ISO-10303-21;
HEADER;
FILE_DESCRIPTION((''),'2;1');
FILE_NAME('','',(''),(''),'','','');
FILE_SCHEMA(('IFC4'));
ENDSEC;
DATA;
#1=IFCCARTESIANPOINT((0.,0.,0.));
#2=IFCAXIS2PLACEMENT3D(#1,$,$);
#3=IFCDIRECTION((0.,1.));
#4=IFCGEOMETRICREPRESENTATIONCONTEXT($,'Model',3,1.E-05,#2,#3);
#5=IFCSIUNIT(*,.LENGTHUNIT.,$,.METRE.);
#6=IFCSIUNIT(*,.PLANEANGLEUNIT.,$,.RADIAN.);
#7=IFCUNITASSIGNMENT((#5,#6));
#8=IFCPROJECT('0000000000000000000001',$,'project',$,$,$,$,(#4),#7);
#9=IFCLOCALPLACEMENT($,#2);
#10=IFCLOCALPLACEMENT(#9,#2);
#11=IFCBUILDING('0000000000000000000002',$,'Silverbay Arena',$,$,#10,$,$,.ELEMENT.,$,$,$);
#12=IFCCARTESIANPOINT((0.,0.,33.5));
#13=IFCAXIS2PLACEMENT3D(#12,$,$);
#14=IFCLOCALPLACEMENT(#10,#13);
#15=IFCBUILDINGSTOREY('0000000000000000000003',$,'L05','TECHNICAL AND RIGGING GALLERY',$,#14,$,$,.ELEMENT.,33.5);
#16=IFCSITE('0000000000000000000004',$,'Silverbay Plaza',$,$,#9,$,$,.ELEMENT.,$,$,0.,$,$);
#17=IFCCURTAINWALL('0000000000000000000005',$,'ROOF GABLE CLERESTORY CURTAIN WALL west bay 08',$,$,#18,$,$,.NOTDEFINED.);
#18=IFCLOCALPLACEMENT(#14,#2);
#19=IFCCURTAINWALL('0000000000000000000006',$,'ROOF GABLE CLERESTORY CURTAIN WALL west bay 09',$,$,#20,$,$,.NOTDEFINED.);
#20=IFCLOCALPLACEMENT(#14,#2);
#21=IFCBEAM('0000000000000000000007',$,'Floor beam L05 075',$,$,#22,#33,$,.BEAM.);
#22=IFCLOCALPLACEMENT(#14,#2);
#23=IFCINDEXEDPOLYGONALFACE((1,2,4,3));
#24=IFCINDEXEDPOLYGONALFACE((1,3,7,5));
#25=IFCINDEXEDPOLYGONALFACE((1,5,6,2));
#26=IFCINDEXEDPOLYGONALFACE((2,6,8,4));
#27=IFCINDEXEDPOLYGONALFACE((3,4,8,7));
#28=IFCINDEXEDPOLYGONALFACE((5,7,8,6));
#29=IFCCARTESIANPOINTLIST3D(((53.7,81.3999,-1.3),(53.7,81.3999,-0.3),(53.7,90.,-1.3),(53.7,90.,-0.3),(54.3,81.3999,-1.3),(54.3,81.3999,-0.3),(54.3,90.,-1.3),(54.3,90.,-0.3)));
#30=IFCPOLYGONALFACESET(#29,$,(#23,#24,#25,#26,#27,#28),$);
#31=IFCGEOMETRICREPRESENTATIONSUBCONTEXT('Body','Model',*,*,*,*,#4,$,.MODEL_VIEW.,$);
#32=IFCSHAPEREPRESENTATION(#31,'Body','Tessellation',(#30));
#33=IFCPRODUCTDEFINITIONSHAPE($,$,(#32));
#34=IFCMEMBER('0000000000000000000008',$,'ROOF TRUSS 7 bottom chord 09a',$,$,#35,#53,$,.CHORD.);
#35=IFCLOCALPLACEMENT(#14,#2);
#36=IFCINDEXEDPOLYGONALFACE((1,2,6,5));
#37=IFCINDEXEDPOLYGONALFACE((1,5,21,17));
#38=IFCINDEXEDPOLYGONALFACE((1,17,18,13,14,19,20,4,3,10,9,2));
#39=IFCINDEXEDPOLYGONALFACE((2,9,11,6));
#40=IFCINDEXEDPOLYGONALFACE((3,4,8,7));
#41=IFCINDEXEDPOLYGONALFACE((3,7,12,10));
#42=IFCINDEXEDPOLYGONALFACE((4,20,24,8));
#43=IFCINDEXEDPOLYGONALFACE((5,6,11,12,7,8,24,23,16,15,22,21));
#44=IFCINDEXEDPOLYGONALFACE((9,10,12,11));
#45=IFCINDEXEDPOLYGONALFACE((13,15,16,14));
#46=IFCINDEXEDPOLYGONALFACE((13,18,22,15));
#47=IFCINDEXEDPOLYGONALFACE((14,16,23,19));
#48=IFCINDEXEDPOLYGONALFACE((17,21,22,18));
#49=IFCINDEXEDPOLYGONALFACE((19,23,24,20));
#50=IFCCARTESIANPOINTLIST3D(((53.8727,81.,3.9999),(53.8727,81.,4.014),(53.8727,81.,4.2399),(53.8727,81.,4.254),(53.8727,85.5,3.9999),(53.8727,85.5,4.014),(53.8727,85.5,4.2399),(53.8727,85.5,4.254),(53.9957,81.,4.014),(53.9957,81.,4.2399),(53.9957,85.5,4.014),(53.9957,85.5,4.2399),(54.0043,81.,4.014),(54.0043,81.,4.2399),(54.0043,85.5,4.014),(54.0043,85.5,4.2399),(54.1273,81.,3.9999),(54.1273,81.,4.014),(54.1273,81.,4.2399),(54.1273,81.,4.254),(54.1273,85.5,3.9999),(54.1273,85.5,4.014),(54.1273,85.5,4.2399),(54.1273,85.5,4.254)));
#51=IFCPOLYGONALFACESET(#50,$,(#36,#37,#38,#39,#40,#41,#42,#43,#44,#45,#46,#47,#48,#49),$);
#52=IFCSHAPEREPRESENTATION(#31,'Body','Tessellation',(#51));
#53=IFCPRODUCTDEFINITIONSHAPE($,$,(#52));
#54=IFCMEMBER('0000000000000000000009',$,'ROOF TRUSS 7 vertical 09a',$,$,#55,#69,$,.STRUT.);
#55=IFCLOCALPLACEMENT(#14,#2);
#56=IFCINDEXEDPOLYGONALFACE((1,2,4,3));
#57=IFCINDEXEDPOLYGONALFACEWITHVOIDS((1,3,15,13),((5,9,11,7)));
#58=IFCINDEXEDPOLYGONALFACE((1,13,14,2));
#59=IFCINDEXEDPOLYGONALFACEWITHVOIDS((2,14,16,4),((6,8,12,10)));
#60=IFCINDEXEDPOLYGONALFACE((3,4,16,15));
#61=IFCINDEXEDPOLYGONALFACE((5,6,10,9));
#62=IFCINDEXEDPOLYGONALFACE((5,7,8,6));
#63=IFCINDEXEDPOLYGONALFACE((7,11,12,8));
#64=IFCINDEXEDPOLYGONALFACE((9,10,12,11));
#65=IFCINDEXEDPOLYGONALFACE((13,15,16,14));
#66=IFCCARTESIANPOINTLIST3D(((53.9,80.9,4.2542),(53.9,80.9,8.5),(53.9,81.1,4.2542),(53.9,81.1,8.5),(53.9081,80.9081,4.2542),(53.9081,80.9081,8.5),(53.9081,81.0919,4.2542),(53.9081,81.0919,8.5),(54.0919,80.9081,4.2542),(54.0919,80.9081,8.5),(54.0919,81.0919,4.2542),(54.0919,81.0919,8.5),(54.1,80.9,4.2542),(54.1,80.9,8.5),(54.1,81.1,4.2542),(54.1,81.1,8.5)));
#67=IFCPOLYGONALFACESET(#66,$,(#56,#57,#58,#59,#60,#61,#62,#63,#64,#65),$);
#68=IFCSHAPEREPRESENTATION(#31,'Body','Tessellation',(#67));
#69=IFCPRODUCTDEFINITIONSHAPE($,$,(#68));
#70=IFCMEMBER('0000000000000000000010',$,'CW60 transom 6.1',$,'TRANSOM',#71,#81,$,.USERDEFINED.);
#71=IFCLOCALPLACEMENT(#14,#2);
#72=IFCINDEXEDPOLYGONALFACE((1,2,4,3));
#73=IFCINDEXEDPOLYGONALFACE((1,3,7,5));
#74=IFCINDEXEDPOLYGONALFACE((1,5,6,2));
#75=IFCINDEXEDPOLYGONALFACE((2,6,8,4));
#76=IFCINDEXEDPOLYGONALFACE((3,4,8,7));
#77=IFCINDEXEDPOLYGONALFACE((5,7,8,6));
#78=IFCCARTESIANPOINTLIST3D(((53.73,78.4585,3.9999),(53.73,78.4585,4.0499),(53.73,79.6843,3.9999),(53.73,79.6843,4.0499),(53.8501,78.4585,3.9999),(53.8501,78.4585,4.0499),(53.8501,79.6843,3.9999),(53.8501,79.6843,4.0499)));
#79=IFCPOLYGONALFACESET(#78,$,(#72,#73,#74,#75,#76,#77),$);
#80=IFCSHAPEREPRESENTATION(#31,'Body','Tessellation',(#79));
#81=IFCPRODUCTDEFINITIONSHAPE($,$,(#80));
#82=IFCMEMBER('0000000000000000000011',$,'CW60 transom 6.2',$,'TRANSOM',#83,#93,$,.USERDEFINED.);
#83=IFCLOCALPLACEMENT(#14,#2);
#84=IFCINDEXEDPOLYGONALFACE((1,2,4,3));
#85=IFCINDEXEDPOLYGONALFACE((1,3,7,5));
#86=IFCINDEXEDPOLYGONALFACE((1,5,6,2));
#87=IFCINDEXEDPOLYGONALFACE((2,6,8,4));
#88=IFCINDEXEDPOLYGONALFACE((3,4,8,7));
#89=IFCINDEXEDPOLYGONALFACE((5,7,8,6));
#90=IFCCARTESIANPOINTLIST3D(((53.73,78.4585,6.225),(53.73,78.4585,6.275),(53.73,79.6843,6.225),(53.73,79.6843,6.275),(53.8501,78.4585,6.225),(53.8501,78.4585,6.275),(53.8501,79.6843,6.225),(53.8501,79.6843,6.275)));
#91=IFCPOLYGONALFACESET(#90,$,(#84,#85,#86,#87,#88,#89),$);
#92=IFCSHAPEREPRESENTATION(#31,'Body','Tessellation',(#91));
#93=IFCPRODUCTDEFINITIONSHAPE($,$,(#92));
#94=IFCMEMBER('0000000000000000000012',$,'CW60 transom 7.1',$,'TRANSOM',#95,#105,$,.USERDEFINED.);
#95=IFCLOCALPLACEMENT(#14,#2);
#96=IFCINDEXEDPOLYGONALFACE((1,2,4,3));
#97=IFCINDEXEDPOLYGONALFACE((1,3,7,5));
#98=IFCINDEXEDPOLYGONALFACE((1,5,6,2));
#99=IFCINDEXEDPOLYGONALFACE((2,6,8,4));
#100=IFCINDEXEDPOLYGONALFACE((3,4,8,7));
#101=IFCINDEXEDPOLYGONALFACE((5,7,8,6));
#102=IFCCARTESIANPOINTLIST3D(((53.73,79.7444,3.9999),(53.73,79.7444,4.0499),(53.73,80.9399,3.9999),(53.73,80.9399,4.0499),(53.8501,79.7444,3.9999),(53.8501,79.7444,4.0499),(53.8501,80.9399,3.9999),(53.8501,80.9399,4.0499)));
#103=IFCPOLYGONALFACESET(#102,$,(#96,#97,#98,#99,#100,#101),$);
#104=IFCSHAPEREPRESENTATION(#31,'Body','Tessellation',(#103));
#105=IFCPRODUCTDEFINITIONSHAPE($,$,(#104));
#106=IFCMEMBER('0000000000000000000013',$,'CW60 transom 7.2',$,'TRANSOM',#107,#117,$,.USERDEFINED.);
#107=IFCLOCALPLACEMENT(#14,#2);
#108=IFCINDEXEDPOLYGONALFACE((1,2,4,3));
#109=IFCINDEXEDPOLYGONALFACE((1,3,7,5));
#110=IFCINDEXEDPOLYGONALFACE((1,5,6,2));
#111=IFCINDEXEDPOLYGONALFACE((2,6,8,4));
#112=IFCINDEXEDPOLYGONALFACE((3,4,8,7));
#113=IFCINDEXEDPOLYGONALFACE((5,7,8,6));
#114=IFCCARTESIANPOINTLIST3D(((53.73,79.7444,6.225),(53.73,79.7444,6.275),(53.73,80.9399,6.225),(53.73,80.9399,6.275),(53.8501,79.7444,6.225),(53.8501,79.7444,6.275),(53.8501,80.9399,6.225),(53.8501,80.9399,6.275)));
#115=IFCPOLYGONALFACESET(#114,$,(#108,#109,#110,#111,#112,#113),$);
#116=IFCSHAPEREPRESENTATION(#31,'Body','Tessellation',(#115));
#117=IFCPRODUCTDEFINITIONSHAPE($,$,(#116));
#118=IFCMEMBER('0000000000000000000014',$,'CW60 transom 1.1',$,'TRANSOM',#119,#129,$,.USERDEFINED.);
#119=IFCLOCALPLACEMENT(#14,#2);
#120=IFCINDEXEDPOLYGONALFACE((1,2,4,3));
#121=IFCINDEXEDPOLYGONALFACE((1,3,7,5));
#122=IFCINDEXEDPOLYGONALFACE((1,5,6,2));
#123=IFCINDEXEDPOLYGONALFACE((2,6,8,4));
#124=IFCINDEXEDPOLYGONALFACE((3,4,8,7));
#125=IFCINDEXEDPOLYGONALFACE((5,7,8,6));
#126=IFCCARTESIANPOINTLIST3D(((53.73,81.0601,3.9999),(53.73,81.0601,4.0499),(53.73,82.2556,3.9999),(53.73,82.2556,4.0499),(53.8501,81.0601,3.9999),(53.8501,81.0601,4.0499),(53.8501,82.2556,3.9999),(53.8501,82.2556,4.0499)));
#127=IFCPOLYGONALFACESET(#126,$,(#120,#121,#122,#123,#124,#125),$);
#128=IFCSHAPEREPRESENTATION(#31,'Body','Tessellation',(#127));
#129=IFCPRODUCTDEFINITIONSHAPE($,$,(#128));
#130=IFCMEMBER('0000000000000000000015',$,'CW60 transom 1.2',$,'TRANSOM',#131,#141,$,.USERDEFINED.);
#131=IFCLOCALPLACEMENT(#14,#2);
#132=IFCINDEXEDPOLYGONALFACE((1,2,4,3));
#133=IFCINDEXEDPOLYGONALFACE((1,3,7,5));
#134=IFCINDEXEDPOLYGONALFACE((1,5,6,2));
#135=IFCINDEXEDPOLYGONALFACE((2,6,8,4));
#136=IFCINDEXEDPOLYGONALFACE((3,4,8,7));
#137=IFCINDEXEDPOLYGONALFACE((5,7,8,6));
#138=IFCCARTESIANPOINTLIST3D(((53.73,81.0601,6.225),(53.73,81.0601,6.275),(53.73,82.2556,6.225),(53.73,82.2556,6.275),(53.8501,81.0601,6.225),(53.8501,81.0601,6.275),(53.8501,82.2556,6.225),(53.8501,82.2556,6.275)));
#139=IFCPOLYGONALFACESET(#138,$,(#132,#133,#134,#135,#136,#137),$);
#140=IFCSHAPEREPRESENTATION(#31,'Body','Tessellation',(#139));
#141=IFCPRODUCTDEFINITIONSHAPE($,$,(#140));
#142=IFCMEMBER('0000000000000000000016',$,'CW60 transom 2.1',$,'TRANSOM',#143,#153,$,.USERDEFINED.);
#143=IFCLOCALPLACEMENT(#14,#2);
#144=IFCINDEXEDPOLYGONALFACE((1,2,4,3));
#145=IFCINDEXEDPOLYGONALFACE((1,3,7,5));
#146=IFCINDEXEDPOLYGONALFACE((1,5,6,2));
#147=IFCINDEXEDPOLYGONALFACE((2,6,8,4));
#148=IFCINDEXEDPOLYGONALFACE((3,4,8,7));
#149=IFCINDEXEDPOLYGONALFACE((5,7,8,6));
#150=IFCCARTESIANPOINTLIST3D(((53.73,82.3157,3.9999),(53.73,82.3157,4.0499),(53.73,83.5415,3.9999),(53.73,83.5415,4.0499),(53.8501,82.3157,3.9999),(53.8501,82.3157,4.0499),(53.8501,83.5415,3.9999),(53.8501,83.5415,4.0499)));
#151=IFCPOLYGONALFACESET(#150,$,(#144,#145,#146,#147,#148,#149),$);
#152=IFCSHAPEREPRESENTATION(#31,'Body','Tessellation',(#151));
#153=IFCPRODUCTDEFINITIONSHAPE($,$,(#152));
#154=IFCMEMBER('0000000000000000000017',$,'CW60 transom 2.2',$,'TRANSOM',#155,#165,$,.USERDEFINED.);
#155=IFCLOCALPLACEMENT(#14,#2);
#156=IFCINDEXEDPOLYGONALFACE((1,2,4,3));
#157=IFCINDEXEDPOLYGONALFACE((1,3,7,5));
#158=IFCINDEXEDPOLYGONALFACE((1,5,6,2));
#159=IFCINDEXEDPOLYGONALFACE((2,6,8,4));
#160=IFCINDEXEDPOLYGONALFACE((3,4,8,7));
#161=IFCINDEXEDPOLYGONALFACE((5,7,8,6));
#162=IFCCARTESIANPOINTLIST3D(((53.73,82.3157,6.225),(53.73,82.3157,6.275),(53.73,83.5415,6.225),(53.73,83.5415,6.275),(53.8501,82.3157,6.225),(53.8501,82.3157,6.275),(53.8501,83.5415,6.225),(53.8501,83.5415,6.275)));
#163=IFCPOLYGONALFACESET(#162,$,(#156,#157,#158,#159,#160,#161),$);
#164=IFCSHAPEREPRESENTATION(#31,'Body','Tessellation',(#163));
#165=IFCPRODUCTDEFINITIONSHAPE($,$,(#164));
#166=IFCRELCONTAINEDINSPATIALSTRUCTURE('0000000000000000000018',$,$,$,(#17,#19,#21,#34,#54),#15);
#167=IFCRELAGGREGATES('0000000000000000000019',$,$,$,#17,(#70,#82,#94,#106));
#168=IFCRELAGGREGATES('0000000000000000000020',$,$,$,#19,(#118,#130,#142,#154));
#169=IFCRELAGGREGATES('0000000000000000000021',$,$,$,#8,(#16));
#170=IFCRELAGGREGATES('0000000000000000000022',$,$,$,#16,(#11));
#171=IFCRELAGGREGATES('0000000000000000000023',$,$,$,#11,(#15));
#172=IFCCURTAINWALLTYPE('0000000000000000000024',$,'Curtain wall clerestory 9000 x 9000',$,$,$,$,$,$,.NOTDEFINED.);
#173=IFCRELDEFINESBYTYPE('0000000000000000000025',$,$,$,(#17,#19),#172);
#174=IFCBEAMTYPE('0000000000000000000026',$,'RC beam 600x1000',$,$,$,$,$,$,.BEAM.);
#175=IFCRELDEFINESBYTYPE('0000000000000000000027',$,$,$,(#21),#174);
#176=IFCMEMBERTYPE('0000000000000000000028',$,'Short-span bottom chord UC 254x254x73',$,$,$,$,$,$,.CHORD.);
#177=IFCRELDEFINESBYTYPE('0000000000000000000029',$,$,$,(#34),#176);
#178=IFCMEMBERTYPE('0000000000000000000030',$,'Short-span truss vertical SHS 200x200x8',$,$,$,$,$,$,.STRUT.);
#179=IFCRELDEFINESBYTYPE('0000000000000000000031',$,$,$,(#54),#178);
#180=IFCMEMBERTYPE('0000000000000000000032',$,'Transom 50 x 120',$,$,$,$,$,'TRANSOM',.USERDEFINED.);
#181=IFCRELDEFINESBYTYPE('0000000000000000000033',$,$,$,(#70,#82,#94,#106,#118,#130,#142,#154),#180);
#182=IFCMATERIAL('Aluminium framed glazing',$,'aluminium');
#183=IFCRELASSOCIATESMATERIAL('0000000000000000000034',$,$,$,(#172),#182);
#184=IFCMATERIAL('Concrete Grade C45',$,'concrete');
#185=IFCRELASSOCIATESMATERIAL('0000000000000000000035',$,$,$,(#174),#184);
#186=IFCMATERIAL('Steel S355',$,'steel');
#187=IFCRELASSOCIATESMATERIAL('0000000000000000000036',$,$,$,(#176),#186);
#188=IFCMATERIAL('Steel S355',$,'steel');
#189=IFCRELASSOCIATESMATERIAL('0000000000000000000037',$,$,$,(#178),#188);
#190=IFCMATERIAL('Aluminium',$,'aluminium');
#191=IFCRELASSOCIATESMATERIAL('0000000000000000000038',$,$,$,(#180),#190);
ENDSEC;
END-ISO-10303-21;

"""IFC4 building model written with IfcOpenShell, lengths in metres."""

from ifc_helpers import new_model, si_unit, direction, frame, origin, origin_2d, place, context, subcontext, project, spatial, rectangle, hollow_rectangle, i_section, extrude, material, material_profile, profile_set, type_object, element, aggregate, save


model = new_model("IFC4")

# Units and contexts
model_context = context("Model", 3, precision=1e-05, world=origin(), true_north=direction((0.0, 1.0)))
body_context = subcontext(model_context, "Body", "Model", "MODEL_VIEW")
ifc_project = project(units=[si_unit("LENGTHUNIT", "METRE"), si_unit("PLANEANGLEUNIT", "RADIAN")], contexts=[model_context])

# Site, building, storey
site_placement = place(None, origin())
site = spatial("IfcSite", under=ifc_project, at=site_placement, Name="Silverbay Plaza", CompositionType="ELEMENT", RefElevation=0.0)
building_placement = place(site_placement, origin())
building = spatial("IfcBuilding", under=site, at=building_placement, Name="Silverbay Arena", CompositionType="ELEMENT")
storey_placement = place(building_placement, frame((0.0, 0.0, 33.5)))
storey = spatial("IfcBuildingStorey", under=building, at=storey_placement, Name="L05", Description="TECHNICAL AND RIGGING GALLERY", CompositionType="ELEMENT", Elevation=33.5)

# Curtain walls
ifc_material_1 = material(Name="Aluminium framed glazing", Category="aluminium")
curtain_wall_type = type_object("IfcCurtainWallType", Name="Curtain wall clerestory 9000 x 9000", PredefinedType="NOTDEFINED", material=ifc_material_1)
curtain_wall_1_placement = place(storey_placement, origin())
curtain_wall_1 = element("IfcCurtainWall", 1, at=curtain_wall_1_placement, inside=storey, type_object=curtain_wall_type, Name="ROOF GABLE CLERESTORY CURTAIN WALL west bay 08", PredefinedType="NOTDEFINED")
curtain_wall_2_placement = place(storey_placement, origin())
curtain_wall_2 = element("IfcCurtainWall", 2, at=curtain_wall_2_placement, inside=storey, type_object=curtain_wall_type, Name="ROOF GABLE CLERESTORY CURTAIN WALL west bay 09", PredefinedType="NOTDEFINED")

# Beam
ifc_material_2 = material(Name="Concrete Grade C45", Category="concrete")
ifc_material_profile_1 = material_profile(ifc_material_2, rectangle(XDim=0.6001, YDim=1.0, at=origin_2d()), Name="RC 600x1000")
ifc_profile_set_1 = profile_set([ifc_material_profile_1], Name="Concrete Grade C45")
beam_type = type_object("IfcBeamType", Name="RC beam 600x1000", PredefinedType="BEAM", material=ifc_profile_set_1)
beam_placement = place(storey_placement, frame((54.0, 81.3999, -0.8), z_axis=(0.0, 1.0, 0.0), x_axis=(-1.0, 0.0, 0.0)))
element("IfcBeam", 3, at=beam_placement, inside=storey, type_object=beam_type, Name="Floor beam L05 075", PredefinedType="BEAM", context=body_context, shape_type="SweptSolid", body=[
    extrude(rectangle(XDim=0.6001, YDim=1.0, at=origin_2d()), origin(), (0.0, 0.0, 1.0), 8.6001),
])

# Members
ifc_material_3 = material(Name="Steel S355", Category="steel")
ifc_material_profile_2 = material_profile(ifc_material_3, i_section(OverallWidth=0.2546, OverallDepth=0.2542, WebThickness=0.0085, FlangeThickness=0.0142, at=origin_2d()), Name="UC 254x254x73")
ifc_profile_set_2 = profile_set([ifc_material_profile_2], Name="Steel S355")
member_type_1 = type_object("IfcMemberType", Name="Short-span bottom chord UC 254x254x73", PredefinedType="CHORD", material=ifc_profile_set_2)
member_1_placement = place(storey_placement, frame((54.0, 81.0, 4.127), z_axis=(0.0, 1.0, 0.0), x_axis=(-1.0, 0.0, 0.0)))
element("IfcMember", 4, at=member_1_placement, inside=storey, type_object=member_type_1, Name="ROOF TRUSS 7 bottom chord 09a", PredefinedType="CHORD", context=body_context, shape_type="SweptSolid", body=[
    extrude(i_section(OverallWidth=0.2546, OverallDepth=0.2542, WebThickness=0.0085, FlangeThickness=0.0142, at=origin_2d()), origin(), (0.0, 0.0, 1.0), 4.5),
])
ifc_material_4 = material(Name="Steel S355", Category="steel")
ifc_material_profile_3 = material_profile(ifc_material_4, hollow_rectangle(XDim=0.2, YDim=0.2, WallThickness=0.0081, at=origin_2d()), Name="SHS 200x200x8")
ifc_profile_set_3 = profile_set([ifc_material_profile_3], Name="Steel S355")
member_type_2 = type_object("IfcMemberType", Name="Short-span truss vertical SHS 200x200x8", PredefinedType="STRUT", material=ifc_profile_set_3)
member_2_placement = place(storey_placement, frame((54.0, 81.0, 4.2542), z_axis=(0.0, 0.0, 1.0), x_axis=(1.0, 0.0, 0.0)))
element("IfcMember", 5, at=member_2_placement, inside=storey, type_object=member_type_2, Name="ROOF TRUSS 7 vertical 09a", PredefinedType="STRUT", context=body_context, shape_type="SweptSolid", body=[
    extrude(hollow_rectangle(XDim=0.2, YDim=0.2, WallThickness=0.0081, at=origin_2d()), origin(), (0.0, 0.0, 1.0), 4.2458),
])

# Members
ifc_material_5 = material(Name="Aluminium", Category="aluminium")
ifc_material_profile_4 = material_profile(ifc_material_5, rectangle(XDim=0.1201, YDim=0.05, at=origin_2d()), Name="Transom 50 x 120")
ifc_profile_set_4 = profile_set([ifc_material_profile_4], Name="Aluminium")
member_type_3 = type_object("IfcMemberType", Name="Transom 50 x 120", ElementType="TRANSOM", PredefinedType="USERDEFINED", material=ifc_profile_set_4)
member_3_placement = place(storey_placement, frame((53.79, 78.4585, 4.0249), z_axis=(0.0, 1.0, 0.0), x_axis=(-1.0, 0.0, 0.0)))
member_3 = element("IfcMember", 6, at=member_3_placement, type_object=member_type_3, Name="CW60 transom 6.1", ObjectType="TRANSOM", PredefinedType="USERDEFINED", context=body_context, shape_type="SweptSolid", body=[
    extrude(rectangle(XDim=0.1201, YDim=0.05, at=origin_2d()), origin(), (0.0, 0.0, 1.0), 1.2258),
])
member_4_placement = place(storey_placement, frame((53.79, 78.4585, 6.25), z_axis=(0.0, 1.0, 0.0), x_axis=(-1.0, 0.0, 0.0)))
member_4 = element("IfcMember", 7, at=member_4_placement, type_object=member_type_3, Name="CW60 transom 6.2", ObjectType="TRANSOM", PredefinedType="USERDEFINED", context=body_context, shape_type="SweptSolid", body=[
    extrude(rectangle(XDim=0.1201, YDim=0.05, at=origin_2d()), origin(), (0.0, 0.0, 1.0), 1.2258),
])
member_5_placement = place(storey_placement, frame((53.79, 79.7444, 4.0249), z_axis=(0.0, 1.0, 0.0), x_axis=(-1.0, 0.0, 0.0)))
member_5 = element("IfcMember", 8, at=member_5_placement, type_object=member_type_3, Name="CW60 transom 7.1", ObjectType="TRANSOM", PredefinedType="USERDEFINED", context=body_context, shape_type="SweptSolid", body=[
    extrude(rectangle(XDim=0.1201, YDim=0.05, at=origin_2d()), origin(), (0.0, 0.0, 1.0), 1.1956),
])
member_6_placement = place(storey_placement, frame((53.79, 79.7444, 6.25), z_axis=(0.0, 1.0, 0.0), x_axis=(-1.0, 0.0, 0.0)))
member_6 = element("IfcMember", 9, at=member_6_placement, type_object=member_type_3, Name="CW60 transom 7.2", ObjectType="TRANSOM", PredefinedType="USERDEFINED", context=body_context, shape_type="SweptSolid", body=[
    extrude(rectangle(XDim=0.1201, YDim=0.05, at=origin_2d()), origin(), (0.0, 0.0, 1.0), 1.1956),
])
member_7_placement = place(storey_placement, frame((53.79, 81.0601, 4.0249), z_axis=(0.0, 1.0, 0.0), x_axis=(-1.0, 0.0, 0.0)))
member_7 = element("IfcMember", 10, at=member_7_placement, type_object=member_type_3, Name="CW60 transom 1.1", ObjectType="TRANSOM", PredefinedType="USERDEFINED", context=body_context, shape_type="SweptSolid", body=[
    extrude(rectangle(XDim=0.1201, YDim=0.05, at=origin_2d()), origin(), (0.0, 0.0, 1.0), 1.1956),
])
member_8_placement = place(storey_placement, frame((53.79, 81.0601, 6.25), z_axis=(0.0, 1.0, 0.0), x_axis=(-1.0, 0.0, 0.0)))
member_8 = element("IfcMember", 11, at=member_8_placement, type_object=member_type_3, Name="CW60 transom 1.2", ObjectType="TRANSOM", PredefinedType="USERDEFINED", context=body_context, shape_type="SweptSolid", body=[
    extrude(rectangle(XDim=0.1201, YDim=0.05, at=origin_2d()), origin(), (0.0, 0.0, 1.0), 1.1956),
])
member_9_placement = place(storey_placement, frame((53.79, 82.3157, 4.0249), z_axis=(0.0, 1.0, 0.0), x_axis=(-1.0, 0.0, 0.0)))
member_9 = element("IfcMember", 12, at=member_9_placement, type_object=member_type_3, Name="CW60 transom 2.1", ObjectType="TRANSOM", PredefinedType="USERDEFINED", context=body_context, shape_type="SweptSolid", body=[
    extrude(rectangle(XDim=0.1201, YDim=0.05, at=origin_2d()), origin(), (0.0, 0.0, 1.0), 1.2258),
])
member_10_placement = place(storey_placement, frame((53.79, 82.3157, 6.25), z_axis=(0.0, 1.0, 0.0), x_axis=(-1.0, 0.0, 0.0)))
member_10 = element("IfcMember", 13, at=member_10_placement, type_object=member_type_3, Name="CW60 transom 2.2", ObjectType="TRANSOM", PredefinedType="USERDEFINED", context=body_context, shape_type="SweptSolid", body=[
    extrude(rectangle(XDim=0.1201, YDim=0.05, at=origin_2d()), origin(), (0.0, 0.0, 1.0), 1.2258),
])

aggregate(curtain_wall_1, [member_3, member_4, member_5, member_6])
aggregate(curtain_wall_2, [member_7, member_8, member_9, member_10])

save(model, "model.ifc")
